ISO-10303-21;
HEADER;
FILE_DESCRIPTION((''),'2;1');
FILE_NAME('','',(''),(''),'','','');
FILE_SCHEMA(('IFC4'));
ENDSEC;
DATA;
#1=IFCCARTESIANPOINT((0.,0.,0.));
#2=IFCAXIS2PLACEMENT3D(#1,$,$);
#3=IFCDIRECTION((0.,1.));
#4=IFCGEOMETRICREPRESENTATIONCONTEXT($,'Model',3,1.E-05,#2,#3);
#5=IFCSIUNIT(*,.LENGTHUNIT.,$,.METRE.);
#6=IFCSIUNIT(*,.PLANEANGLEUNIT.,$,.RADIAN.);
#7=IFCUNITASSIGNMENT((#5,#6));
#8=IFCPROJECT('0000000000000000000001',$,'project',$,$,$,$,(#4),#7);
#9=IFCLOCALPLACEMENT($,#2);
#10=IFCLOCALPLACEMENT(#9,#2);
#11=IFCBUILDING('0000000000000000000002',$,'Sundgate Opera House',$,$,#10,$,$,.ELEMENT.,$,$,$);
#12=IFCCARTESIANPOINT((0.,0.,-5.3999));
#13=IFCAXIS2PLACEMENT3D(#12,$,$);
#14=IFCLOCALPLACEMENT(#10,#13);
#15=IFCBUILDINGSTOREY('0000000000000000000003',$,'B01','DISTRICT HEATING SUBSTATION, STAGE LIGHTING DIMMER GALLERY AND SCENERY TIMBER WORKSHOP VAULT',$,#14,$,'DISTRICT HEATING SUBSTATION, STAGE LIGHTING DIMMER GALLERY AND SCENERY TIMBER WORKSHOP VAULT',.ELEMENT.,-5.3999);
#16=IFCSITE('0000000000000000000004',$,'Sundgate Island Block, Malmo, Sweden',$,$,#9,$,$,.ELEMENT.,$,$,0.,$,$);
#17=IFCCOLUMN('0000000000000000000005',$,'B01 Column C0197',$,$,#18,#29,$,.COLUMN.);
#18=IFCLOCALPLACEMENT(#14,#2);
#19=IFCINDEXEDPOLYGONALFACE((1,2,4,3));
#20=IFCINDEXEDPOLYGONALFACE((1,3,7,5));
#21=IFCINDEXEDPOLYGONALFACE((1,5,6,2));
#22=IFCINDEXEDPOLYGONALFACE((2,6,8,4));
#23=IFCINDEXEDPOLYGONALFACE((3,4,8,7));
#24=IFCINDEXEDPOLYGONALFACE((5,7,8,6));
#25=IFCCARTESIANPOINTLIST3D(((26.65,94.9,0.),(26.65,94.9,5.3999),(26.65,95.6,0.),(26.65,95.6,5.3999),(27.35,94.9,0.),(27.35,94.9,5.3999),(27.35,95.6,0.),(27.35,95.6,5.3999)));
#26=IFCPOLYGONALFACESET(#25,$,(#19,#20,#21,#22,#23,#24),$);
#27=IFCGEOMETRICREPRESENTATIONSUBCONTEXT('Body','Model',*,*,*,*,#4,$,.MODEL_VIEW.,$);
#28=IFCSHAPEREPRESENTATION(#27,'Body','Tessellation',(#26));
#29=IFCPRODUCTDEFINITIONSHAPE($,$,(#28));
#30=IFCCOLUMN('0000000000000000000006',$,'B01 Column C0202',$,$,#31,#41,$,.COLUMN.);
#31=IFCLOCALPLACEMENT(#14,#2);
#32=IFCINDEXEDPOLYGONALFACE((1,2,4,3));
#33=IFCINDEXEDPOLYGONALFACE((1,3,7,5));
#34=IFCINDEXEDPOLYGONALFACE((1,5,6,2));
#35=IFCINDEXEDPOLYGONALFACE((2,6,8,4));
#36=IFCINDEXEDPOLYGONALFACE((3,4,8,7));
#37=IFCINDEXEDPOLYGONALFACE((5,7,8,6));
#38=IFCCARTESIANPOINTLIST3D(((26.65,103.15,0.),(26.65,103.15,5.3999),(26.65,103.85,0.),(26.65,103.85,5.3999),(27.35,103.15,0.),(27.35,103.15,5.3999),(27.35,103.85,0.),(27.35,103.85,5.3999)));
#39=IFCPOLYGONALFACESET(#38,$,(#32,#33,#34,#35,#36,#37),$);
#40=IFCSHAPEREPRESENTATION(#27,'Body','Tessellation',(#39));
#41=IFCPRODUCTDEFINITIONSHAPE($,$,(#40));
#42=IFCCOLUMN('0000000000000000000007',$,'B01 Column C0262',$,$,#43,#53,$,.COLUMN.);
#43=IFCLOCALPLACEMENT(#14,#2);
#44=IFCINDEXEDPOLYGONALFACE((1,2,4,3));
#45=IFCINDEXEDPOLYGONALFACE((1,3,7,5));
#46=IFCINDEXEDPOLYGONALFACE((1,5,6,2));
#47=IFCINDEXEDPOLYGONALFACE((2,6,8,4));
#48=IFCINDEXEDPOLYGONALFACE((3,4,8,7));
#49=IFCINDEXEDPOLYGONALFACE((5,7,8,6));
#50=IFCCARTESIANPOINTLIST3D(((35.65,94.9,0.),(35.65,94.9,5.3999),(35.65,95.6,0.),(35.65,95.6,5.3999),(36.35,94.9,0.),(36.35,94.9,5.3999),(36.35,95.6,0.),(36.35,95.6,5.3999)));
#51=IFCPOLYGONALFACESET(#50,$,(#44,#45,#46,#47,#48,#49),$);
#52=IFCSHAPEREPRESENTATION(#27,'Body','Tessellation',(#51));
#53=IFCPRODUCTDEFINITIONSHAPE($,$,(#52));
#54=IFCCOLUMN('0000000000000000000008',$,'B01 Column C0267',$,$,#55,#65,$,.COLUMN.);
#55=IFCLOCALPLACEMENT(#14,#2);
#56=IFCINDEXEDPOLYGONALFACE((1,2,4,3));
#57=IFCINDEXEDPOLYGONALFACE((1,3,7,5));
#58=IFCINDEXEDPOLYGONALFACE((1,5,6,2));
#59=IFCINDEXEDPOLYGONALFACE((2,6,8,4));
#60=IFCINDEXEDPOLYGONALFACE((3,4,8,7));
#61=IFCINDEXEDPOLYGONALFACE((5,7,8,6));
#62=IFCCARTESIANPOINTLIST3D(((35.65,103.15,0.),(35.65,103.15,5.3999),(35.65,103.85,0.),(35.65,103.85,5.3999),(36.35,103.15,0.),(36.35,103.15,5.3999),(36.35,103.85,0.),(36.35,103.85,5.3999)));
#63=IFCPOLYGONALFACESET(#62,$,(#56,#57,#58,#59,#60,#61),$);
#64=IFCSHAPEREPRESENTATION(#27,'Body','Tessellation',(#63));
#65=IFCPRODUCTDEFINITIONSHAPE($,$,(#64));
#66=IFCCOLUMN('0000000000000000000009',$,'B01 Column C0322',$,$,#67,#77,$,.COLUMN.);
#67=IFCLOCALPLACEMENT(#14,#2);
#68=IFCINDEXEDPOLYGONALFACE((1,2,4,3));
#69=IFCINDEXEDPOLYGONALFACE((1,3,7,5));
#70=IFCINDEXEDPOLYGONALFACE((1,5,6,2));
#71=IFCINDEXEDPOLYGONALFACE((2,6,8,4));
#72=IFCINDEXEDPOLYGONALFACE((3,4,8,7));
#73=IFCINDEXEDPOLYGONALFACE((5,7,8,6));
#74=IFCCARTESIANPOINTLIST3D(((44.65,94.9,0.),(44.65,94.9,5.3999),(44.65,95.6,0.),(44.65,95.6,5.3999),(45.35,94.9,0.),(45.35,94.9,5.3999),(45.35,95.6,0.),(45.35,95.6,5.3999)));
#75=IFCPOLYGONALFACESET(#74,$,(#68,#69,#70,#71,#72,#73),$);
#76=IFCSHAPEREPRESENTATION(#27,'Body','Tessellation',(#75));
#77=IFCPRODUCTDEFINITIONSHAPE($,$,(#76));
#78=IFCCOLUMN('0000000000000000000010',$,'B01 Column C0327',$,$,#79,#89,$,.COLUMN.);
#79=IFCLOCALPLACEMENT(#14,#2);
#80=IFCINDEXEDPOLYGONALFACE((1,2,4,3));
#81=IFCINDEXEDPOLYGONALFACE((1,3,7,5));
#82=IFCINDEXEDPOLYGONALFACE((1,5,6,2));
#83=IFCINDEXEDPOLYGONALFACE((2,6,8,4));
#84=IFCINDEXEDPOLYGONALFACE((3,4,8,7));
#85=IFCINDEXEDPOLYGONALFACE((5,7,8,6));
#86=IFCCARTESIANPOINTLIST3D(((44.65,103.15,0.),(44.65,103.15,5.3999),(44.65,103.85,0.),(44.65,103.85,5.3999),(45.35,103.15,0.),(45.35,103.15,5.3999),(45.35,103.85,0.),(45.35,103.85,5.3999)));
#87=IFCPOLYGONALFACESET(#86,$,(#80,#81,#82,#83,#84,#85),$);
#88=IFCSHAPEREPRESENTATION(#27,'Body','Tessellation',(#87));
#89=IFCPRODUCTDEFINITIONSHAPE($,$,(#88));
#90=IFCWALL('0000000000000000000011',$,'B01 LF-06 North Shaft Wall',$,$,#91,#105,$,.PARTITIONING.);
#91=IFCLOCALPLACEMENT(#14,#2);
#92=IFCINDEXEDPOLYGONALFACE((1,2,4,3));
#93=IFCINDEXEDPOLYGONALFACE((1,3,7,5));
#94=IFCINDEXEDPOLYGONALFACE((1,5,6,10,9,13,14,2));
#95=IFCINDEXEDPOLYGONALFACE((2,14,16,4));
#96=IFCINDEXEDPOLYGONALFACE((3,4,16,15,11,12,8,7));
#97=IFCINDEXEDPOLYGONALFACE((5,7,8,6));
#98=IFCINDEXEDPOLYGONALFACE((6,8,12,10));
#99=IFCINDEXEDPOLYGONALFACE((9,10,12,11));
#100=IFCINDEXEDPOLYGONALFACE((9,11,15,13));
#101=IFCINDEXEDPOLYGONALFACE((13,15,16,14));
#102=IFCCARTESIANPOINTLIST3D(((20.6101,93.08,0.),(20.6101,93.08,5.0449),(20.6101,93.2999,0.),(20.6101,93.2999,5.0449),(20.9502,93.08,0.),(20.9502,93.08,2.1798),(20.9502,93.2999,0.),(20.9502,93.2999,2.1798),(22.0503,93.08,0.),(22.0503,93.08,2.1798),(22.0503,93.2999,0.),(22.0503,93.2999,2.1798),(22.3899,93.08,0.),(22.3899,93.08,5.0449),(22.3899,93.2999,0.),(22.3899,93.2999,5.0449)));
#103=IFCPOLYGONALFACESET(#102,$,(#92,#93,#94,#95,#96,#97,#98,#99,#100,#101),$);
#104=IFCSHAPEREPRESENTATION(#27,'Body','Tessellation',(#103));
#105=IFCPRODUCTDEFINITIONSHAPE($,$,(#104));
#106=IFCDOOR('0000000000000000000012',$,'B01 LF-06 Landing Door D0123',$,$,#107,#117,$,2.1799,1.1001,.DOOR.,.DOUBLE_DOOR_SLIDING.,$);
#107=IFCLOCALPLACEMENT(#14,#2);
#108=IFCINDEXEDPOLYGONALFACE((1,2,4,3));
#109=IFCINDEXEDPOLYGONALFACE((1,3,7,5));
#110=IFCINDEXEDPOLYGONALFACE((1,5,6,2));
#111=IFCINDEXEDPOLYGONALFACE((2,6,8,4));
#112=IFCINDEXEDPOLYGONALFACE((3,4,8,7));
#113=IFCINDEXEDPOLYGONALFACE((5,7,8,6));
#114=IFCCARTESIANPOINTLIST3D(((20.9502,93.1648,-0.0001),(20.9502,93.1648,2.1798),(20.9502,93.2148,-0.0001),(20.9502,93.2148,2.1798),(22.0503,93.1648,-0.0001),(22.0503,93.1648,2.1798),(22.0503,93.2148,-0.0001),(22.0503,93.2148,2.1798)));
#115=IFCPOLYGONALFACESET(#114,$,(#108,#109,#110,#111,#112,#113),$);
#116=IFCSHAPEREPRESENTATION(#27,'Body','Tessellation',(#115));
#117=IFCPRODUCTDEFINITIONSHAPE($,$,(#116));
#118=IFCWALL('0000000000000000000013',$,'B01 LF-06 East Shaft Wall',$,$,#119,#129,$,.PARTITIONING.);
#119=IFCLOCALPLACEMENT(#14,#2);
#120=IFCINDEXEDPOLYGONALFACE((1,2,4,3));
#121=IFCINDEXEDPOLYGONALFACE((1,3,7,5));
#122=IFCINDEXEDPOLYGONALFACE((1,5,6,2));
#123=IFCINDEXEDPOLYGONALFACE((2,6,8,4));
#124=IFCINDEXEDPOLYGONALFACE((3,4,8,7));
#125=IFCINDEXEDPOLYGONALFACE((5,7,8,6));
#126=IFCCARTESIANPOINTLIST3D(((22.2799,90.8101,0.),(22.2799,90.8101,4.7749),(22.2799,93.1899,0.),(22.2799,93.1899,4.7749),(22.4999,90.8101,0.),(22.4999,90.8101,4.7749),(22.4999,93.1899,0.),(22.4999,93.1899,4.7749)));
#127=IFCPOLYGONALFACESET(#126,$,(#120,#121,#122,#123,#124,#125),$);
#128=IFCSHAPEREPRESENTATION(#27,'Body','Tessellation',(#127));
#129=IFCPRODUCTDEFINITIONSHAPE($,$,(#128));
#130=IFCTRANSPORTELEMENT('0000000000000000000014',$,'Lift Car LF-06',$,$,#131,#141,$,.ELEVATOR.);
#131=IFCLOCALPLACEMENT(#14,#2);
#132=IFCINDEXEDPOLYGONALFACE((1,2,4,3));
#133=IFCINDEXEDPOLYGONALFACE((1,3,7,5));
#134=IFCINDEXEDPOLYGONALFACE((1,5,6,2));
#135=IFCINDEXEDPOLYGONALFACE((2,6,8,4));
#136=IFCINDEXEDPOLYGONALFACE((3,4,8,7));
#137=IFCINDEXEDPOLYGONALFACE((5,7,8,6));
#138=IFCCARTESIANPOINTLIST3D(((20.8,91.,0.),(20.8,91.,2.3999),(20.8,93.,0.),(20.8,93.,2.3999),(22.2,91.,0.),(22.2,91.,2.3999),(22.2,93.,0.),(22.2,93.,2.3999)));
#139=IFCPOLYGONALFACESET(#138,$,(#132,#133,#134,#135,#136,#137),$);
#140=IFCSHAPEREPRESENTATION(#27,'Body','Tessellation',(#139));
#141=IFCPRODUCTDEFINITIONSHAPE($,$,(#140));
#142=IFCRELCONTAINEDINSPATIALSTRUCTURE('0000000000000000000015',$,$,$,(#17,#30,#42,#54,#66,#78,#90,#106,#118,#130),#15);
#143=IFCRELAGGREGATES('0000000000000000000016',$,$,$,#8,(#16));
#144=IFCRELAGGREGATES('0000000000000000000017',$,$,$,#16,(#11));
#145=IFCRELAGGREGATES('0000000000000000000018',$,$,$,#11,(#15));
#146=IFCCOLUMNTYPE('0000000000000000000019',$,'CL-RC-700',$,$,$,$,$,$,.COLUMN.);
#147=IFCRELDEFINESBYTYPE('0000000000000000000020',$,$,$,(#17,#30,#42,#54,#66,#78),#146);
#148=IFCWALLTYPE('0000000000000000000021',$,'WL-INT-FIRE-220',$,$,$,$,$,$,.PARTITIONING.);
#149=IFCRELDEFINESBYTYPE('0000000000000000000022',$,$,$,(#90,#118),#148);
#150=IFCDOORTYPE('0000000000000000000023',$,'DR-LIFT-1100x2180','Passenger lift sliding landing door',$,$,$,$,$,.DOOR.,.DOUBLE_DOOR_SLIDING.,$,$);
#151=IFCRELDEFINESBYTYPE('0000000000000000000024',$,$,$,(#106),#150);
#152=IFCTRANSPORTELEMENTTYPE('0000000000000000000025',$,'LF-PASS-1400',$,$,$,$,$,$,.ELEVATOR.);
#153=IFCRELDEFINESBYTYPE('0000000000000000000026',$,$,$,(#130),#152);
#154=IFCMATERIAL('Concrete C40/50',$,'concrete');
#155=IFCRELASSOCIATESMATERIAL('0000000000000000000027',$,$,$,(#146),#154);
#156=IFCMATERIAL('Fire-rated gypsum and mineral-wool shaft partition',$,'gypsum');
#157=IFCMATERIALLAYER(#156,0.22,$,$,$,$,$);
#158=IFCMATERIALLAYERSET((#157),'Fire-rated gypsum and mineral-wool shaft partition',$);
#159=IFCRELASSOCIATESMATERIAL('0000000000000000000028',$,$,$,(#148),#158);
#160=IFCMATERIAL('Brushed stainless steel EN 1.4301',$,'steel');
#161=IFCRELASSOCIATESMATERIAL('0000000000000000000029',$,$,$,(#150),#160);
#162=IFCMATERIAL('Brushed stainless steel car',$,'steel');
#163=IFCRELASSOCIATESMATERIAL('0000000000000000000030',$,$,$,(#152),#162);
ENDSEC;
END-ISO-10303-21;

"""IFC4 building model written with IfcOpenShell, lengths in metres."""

from ifc_helpers import new_model, si_unit, direction, frame, frame_2d, origin, origin_2d, place, context, subcontext, project, spatial, rectangle, extrude, material, layer, layer_set, material_profile, profile_set, type_object, element, fill, save


model = new_model("IFC4")

# Units and contexts
model_context = context("Model", 3, precision=1e-05, world=origin(), true_north=direction((0.0, 1.0)))
body_context = subcontext(model_context, "Body", "Model", "MODEL_VIEW")
ifc_project = project(units=[si_unit("LENGTHUNIT", "METRE"), si_unit("PLANEANGLEUNIT", "RADIAN")], contexts=[model_context])

# Site, building, storey
site_placement = place(None, origin())
site = spatial("IfcSite", under=ifc_project, at=site_placement, Name="Sundgate Island Block, Malmo, Sweden", CompositionType="ELEMENT", RefElevation=0.0)
building_placement = place(site_placement, origin())
building = spatial("IfcBuilding", under=site, at=building_placement, Name="Sundgate Opera House", CompositionType="ELEMENT")
storey_placement = place(building_placement, frame((0.0, 0.0, -5.3999)))
storey = spatial("IfcBuildingStorey", under=building, at=storey_placement, Name="B01", Description="DISTRICT HEATING SUBSTATION, STAGE LIGHTING DIMMER GALLERY AND SCENERY TIMBER WORKSHOP VAULT", LongName="DISTRICT HEATING SUBSTATION, STAGE LIGHTING DIMMER GALLERY AND SCENERY TIMBER WORKSHOP VAULT", CompositionType="ELEMENT", Elevation=-5.3999)

# Columns
ifc_material_1 = material(Name="Concrete C40/50", Category="concrete")
ifc_material_profile_1 = material_profile(ifc_material_1, rectangle(XDim=0.7, YDim=0.7, at=origin_2d()), Name="RC 700x700")
ifc_profile_set_1 = profile_set([ifc_material_profile_1], Name="Concrete C40/50")
column_type = type_object("IfcColumnType", Name="CL-RC-700", PredefinedType="COLUMN", material=ifc_profile_set_1)
for number, where, z_axis, x_axis, name in (
    (1, (27.0, 95.25, 0.0), (0.0, 0.0, 1.0), (1.0, 0.0, 0.0), "B01 Column C0197"),
    (2, (27.0, 103.5, 0.0), (0.0, 0.0, 1.0), (1.0, 0.0, 0.0), "B01 Column C0202"),
    (3, (36.0, 95.25, 0.0), (0.0, 0.0, 1.0), (1.0, 0.0, 0.0), "B01 Column C0262"),
    (4, (36.0, 103.5, 0.0), (0.0, 0.0, 1.0), (1.0, 0.0, 0.0), "B01 Column C0267"),
    (5, (45.0, 95.25, 0.0), (0.0, 0.0, 1.0), (1.0, 0.0, 0.0), "B01 Column C0322"),
    (6, (45.0, 103.5, 0.0), (0.0, 0.0, 1.0), (1.0, 0.0, 0.0), "B01 Column C0327"),
):
    element("IfcColumn", number, at=place(storey_placement, frame(where, z_axis=z_axis, x_axis=x_axis)), inside=storey, type_object=column_type, Name=name, PredefinedType="COLUMN", context=body_context, shape_type="SweptSolid", body=[
        extrude(rectangle(XDim=0.7, YDim=0.7, at=origin_2d()), origin(), (0.0, 0.0, 1.0), 5.3999),
    ])

# Wall, opening, door
ifc_material_2 = material(Name="Fire-rated gypsum and mineral-wool shaft partition", Category="gypsum")
ifc_layer = layer(ifc_material_2, 0.22)
ifc_layer_set = layer_set([ifc_layer], Name="Fire-rated gypsum and mineral-wool shaft partition")
wall_type = type_object("IfcWallType", Name="WL-INT-FIRE-220", PredefinedType="PARTITIONING", material=ifc_layer_set)
wall_1_placement = place(storey_placement, frame((20.6101, 93.1899, 0.0), z_axis=(0.0, 0.0, 1.0), x_axis=(1.0, 0.0, 0.0)))
wall_1 = element("IfcWall", 7, at=wall_1_placement, inside=storey, type_object=wall_type, Name="B01 LF-06 North Shaft Wall", PredefinedType="PARTITIONING", context=body_context, shape_type="SweptSolid", body=[
    extrude(rectangle(XDim=1.7798, YDim=0.22, at=frame_2d((0.8899, 0.0))), origin(), (0.0, 0.0, 1.0), 5.0449),
])
opening_placement = place(wall_1_placement, frame((0.3401, 0.0, 0.0)))
opening = element("IfcOpeningElement", 8, at=opening_placement, cuts=wall_1, PredefinedType="OPENING", context=body_context, shape_type="SweptSolid", body=[
    extrude(rectangle(XDim=1.1001, YDim=2.1799, at=frame_2d((0.55, 1.0898))), frame((0.0, 0.1199, 0.0), z_axis=(0.0, -1.0, 0.0), x_axis=(1.0, 0.0, 0.0)), (0.0, 0.0, 1.0), 0.24),
])
ifc_material_3 = material(Name="Brushed stainless steel EN 1.4301", Category="steel")
door_type = type_object("IfcDoorType", Name="DR-LIFT-1100x2180", Description="Passenger lift sliding landing door", OperationType="DOUBLE_DOOR_SLIDING", PredefinedType="DOOR", material=ifc_material_3)
door_placement = place(opening_placement, origin())
door = element("IfcDoor", 9, at=door_placement, inside=storey, type_object=door_type, Name="B01 LF-06 Landing Door D0123", OperationType="DOUBLE_DOOR_SLIDING", OverallHeight=2.1799, OverallWidth=1.1001, PredefinedType="DOOR", context=body_context, shape_type="SweptSolid", body=[
    extrude(rectangle(XDim=1.1001, YDim=2.1799, at=frame_2d((0.55, 1.0898))), frame((0.0, 0.0249, 0.0), z_axis=(0.0, -1.0, 0.0), x_axis=(1.0, 0.0, 0.0)), (0.0, 0.0, 1.0), 0.05),
])
fill(opening, door)

# Wall
wall_2_placement = place(storey_placement, frame((22.3899, 90.8101, 0.0), z_axis=(0.0, 0.0, 1.0), x_axis=(0.0, 1.0, 0.0)))
element("IfcWall", 10, at=wall_2_placement, inside=storey, type_object=wall_type, Name="B01 LF-06 East Shaft Wall", PredefinedType="PARTITIONING", context=body_context, shape_type="SweptSolid", body=[
    extrude(rectangle(XDim=2.3799, YDim=0.22, at=frame_2d((1.1899, 0.0))), origin(), (0.0, 0.0, 1.0), 4.7749),
])

# Transport element
ifc_material_4 = material(Name="Brushed stainless steel car", Category="steel")
transport_element_type = type_object("IfcTransportElementType", Name="LF-PASS-1400", PredefinedType="ELEVATOR", material=ifc_material_4)
transport_element_placement = place(storey_placement, frame((21.5, 92.0, 0.0), z_axis=(0.0, 0.0, 1.0), x_axis=(1.0, 0.0, 0.0)))
element("IfcTransportElement", 11, at=transport_element_placement, inside=storey, type_object=transport_element_type, Name="Lift Car LF-06", PredefinedType="ELEVATOR", context=body_context, shape_type="SweptSolid", body=[
    extrude(rectangle(XDim=1.3999, YDim=2.0, at=origin_2d()), origin(), (0.0, 0.0, 1.0), 2.3999),
])

save(model, "model.ifc")
